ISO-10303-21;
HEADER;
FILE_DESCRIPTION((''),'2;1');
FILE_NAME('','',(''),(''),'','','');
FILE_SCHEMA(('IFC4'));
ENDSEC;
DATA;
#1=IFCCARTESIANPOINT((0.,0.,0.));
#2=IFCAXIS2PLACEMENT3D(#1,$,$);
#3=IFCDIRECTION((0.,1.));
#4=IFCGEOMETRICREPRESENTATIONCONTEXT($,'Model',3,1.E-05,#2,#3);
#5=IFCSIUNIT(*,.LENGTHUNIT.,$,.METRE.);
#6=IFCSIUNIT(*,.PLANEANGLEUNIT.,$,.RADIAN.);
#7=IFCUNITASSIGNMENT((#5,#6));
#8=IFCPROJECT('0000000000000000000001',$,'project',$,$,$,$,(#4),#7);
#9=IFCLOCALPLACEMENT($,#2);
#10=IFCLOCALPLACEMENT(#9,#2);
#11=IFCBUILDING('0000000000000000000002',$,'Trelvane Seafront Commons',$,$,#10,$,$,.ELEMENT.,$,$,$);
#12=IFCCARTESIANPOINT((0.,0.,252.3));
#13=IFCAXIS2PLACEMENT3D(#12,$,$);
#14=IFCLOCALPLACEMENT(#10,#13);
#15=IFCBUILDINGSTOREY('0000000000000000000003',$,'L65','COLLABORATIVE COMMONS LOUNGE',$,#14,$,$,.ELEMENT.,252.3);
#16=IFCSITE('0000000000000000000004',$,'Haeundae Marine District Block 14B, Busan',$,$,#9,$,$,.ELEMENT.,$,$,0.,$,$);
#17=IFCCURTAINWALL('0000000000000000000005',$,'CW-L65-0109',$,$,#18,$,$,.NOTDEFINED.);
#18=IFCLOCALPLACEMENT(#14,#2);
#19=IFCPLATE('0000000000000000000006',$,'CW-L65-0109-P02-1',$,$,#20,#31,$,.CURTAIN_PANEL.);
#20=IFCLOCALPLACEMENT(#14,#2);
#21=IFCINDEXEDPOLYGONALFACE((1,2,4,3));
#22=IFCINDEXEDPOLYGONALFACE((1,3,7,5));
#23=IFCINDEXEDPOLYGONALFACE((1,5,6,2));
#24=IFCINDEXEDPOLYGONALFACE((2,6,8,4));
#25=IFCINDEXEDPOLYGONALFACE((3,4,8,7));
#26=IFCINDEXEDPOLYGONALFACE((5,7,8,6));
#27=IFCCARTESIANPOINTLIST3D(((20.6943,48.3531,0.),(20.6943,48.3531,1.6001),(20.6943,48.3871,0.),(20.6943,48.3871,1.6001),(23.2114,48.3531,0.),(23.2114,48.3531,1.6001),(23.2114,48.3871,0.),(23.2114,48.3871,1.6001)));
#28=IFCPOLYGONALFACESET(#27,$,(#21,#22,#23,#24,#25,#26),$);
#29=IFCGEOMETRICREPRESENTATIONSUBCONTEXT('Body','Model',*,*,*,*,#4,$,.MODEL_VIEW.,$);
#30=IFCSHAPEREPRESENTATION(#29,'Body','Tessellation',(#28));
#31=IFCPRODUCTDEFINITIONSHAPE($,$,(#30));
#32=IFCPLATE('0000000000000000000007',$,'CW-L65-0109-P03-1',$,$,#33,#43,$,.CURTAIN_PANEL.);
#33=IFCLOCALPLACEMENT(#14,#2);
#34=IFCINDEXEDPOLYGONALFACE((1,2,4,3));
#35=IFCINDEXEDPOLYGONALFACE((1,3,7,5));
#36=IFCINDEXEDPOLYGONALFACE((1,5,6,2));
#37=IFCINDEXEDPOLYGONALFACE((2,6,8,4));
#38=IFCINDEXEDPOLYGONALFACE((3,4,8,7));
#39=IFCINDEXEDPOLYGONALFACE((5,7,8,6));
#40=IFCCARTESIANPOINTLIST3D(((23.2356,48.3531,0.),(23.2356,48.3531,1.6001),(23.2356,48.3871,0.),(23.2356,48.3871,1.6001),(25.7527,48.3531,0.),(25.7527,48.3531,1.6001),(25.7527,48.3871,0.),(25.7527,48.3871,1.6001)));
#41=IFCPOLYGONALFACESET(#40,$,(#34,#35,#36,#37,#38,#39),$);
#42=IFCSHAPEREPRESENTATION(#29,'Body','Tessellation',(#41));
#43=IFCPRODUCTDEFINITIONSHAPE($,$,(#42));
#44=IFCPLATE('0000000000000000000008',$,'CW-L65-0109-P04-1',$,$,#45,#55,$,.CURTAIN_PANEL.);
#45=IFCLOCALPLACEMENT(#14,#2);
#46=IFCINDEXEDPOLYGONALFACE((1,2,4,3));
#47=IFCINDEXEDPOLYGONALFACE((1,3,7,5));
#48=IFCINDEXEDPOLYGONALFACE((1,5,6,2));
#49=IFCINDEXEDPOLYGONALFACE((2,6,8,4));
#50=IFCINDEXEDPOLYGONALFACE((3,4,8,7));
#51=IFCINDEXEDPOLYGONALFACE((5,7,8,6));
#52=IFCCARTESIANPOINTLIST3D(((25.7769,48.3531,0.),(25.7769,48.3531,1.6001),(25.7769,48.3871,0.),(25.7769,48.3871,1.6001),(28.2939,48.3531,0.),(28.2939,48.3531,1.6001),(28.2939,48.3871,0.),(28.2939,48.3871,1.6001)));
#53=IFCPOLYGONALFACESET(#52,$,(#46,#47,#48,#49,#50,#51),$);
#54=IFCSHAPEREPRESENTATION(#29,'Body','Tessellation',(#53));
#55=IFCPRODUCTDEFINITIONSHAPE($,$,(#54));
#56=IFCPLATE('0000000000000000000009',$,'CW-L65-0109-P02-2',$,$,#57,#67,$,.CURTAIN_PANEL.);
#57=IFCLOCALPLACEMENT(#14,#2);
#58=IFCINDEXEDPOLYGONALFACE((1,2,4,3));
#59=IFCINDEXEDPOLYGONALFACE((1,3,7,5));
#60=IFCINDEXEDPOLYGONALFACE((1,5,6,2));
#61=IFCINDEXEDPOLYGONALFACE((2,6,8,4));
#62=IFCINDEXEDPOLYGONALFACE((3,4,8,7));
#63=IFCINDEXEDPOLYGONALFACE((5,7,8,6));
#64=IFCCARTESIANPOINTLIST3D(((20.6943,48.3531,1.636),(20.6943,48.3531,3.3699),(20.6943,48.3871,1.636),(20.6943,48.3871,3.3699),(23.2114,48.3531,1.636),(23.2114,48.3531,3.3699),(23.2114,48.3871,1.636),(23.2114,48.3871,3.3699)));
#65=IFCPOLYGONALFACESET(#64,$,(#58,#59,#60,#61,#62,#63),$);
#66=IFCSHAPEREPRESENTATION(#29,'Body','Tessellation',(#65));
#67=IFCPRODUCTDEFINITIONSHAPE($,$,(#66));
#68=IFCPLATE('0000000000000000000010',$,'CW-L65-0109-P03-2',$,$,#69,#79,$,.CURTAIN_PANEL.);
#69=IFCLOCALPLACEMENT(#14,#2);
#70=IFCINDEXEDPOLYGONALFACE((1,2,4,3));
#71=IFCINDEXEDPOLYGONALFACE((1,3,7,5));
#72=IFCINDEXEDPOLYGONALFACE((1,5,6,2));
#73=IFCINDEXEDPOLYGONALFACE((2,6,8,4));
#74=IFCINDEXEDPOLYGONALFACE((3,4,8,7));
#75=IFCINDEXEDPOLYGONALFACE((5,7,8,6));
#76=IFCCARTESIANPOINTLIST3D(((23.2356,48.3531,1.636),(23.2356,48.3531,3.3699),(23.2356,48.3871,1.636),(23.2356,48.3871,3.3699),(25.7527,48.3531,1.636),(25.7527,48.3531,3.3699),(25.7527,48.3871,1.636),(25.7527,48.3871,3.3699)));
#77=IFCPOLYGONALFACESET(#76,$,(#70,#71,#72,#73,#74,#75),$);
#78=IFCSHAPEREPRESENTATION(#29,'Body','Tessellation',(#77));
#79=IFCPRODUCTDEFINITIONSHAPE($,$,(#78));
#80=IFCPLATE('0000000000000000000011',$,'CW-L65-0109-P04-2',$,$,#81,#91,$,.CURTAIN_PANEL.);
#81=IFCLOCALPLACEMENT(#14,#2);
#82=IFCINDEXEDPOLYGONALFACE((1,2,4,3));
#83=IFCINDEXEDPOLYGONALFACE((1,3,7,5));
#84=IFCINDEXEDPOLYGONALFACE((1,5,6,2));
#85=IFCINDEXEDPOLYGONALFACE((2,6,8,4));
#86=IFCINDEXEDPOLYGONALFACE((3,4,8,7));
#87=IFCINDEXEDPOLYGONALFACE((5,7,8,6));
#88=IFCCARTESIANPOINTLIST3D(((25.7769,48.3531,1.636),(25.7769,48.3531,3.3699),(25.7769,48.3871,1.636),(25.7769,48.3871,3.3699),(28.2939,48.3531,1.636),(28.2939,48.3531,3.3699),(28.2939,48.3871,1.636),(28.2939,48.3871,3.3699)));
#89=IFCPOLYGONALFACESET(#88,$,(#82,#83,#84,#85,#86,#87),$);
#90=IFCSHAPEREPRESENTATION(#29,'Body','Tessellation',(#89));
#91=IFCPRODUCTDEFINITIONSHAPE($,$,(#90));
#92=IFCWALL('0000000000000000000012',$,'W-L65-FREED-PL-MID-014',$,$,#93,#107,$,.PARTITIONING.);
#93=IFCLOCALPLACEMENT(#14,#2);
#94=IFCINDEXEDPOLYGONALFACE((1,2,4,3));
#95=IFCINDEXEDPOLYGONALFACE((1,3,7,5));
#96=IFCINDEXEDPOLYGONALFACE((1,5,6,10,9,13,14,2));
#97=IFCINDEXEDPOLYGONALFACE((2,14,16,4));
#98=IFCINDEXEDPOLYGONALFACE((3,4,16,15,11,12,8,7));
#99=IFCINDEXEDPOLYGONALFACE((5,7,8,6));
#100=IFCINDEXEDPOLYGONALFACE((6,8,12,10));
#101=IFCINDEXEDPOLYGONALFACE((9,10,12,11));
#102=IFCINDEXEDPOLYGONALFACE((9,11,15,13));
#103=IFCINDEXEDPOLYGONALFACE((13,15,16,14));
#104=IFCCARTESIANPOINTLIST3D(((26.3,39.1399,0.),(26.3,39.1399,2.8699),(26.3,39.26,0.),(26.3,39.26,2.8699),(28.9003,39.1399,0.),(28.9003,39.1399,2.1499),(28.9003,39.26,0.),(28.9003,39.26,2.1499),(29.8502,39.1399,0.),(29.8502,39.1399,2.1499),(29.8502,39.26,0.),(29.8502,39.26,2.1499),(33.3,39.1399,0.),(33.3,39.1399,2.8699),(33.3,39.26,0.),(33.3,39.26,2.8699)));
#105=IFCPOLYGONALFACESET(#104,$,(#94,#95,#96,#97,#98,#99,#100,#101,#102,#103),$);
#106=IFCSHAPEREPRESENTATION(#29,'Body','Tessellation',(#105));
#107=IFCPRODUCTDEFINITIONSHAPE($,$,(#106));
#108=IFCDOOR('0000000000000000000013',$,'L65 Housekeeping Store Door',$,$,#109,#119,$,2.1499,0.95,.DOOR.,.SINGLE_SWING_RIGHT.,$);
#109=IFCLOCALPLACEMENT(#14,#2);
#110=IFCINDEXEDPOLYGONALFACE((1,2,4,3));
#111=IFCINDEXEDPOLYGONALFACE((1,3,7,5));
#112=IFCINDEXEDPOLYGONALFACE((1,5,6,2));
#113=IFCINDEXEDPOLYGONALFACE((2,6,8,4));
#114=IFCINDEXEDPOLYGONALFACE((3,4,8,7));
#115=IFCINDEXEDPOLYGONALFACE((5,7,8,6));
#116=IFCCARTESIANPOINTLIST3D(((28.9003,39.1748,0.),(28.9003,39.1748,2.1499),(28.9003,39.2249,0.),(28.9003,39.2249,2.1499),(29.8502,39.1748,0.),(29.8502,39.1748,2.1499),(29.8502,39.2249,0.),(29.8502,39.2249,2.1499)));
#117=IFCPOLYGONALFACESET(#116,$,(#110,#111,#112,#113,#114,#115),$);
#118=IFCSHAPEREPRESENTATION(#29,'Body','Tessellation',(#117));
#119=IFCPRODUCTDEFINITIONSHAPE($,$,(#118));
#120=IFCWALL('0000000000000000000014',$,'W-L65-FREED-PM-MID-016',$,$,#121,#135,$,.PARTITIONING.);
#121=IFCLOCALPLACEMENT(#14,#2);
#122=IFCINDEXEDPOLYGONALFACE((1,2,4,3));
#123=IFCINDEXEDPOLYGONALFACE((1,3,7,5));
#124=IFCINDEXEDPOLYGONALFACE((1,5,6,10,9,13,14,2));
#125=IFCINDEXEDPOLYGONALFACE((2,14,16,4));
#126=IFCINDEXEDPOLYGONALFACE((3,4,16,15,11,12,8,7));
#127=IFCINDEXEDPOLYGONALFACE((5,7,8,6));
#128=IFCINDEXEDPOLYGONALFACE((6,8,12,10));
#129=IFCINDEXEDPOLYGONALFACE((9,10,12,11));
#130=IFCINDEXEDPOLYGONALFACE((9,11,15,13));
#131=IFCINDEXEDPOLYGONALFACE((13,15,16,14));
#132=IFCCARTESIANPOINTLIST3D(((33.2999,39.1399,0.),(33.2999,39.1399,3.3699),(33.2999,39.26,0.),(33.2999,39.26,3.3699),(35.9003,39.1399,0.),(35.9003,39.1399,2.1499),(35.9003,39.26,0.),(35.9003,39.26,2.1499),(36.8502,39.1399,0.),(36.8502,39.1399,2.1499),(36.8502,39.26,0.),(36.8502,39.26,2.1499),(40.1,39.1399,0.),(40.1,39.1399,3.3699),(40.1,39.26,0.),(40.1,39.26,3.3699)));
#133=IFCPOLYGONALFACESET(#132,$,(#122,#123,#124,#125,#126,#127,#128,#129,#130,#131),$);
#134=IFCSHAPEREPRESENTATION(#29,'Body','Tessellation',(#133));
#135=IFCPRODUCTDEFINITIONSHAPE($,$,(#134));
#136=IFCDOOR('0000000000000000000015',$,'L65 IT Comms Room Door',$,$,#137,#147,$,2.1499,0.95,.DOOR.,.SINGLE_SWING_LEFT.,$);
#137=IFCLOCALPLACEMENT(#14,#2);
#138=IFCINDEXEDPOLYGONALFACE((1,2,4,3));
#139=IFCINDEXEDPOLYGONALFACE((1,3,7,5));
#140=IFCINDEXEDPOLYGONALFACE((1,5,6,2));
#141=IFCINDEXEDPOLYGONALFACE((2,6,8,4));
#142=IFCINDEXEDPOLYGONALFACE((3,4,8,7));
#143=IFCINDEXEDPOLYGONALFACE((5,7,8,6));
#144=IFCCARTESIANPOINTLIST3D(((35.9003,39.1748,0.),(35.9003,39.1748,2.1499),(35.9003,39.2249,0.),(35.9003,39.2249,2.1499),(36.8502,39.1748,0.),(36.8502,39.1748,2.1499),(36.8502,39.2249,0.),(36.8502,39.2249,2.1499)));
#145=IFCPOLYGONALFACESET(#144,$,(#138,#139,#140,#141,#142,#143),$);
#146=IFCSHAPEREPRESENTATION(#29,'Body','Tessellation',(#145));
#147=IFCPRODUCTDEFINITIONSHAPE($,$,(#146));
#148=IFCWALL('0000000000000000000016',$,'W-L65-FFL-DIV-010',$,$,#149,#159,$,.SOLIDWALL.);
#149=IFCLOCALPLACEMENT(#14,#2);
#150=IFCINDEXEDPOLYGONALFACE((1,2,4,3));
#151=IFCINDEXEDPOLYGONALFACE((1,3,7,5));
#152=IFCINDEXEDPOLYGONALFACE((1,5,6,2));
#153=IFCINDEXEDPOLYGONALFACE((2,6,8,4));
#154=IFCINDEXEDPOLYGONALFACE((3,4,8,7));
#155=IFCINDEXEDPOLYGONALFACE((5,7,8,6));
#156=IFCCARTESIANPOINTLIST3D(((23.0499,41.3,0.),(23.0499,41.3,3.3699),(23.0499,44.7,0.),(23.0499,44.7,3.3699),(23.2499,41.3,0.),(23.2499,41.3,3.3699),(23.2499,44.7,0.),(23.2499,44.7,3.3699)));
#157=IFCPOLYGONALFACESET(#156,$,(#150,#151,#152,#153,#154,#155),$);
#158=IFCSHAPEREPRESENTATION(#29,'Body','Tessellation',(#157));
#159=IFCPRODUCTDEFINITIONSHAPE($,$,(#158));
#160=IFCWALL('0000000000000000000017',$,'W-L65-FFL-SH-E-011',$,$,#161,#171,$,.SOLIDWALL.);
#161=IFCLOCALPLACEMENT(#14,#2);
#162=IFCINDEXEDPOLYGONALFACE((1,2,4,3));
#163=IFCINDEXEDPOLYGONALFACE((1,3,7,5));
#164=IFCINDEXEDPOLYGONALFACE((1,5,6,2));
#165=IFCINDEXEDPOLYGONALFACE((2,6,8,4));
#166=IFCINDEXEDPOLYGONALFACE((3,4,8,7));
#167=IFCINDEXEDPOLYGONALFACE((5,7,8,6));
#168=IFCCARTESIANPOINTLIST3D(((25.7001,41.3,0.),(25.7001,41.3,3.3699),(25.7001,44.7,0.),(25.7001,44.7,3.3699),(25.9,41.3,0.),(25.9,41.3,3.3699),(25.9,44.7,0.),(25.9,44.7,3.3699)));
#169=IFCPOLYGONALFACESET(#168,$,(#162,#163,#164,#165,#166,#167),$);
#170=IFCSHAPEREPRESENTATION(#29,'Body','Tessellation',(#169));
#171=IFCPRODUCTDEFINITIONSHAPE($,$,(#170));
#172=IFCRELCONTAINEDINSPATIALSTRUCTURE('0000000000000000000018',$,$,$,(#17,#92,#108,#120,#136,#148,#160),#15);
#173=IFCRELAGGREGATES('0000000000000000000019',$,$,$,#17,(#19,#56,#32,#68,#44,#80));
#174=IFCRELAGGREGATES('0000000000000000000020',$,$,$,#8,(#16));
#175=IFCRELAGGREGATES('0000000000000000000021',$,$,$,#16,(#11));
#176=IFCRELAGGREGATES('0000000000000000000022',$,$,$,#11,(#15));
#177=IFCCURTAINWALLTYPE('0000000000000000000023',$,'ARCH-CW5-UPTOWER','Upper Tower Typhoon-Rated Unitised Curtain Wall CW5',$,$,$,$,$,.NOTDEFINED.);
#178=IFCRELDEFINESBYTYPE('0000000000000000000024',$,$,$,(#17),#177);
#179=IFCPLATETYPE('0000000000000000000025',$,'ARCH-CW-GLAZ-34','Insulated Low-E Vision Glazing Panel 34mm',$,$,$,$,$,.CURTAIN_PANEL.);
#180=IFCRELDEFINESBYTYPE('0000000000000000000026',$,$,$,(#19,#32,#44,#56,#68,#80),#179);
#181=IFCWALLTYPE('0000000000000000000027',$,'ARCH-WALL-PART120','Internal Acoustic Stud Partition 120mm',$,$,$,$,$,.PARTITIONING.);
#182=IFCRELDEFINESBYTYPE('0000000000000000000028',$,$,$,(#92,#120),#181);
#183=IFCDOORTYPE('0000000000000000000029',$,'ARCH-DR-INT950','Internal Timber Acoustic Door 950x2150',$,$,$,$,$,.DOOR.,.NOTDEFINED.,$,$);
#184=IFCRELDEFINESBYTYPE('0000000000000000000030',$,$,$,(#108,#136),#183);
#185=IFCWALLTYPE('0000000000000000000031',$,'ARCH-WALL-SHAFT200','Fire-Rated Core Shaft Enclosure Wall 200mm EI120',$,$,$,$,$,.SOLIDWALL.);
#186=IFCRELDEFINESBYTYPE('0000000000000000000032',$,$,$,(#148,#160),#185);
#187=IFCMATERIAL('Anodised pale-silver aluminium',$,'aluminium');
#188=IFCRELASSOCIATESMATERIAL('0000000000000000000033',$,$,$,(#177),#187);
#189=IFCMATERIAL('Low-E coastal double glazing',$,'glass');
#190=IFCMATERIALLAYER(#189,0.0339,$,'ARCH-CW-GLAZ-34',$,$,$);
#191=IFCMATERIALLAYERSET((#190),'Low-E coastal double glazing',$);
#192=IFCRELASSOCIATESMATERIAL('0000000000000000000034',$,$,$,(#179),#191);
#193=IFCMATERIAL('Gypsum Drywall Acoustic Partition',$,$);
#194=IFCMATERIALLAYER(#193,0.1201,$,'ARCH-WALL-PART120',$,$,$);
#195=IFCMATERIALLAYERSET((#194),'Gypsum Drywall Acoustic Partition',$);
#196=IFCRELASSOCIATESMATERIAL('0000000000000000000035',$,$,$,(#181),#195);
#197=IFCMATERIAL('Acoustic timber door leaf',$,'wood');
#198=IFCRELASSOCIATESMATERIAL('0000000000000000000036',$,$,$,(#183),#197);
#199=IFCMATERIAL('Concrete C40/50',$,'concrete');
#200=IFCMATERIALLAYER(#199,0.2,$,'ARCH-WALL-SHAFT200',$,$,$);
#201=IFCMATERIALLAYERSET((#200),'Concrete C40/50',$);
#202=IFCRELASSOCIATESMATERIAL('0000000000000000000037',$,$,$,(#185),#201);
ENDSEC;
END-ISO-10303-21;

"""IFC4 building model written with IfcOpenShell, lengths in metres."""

from ifc_helpers import new_model, si_unit, direction, frame, frame_2d, origin, origin_2d, place, context, subcontext, project, spatial, rectangle, extrude, source, transform, mapped, material, layer, layer_set, type_object, element, fill, aggregate, save


model = new_model("IFC4")

# Units and contexts
model_context = context("Model", 3, precision=1e-05, world=origin(), true_north=direction((0.0, 1.0)))
body_context = subcontext(model_context, "Body", "Model", "MODEL_VIEW")
ifc_project = project(units=[si_unit("LENGTHUNIT", "METRE"), si_unit("PLANEANGLEUNIT", "RADIAN")], contexts=[model_context])

# Site, building, storey
site_placement = place(None, origin())
site = spatial("IfcSite", under=ifc_project, at=site_placement, Name="Haeundae Marine District Block 14B, Busan", CompositionType="ELEMENT", RefElevation=0.0)
building_placement = place(site_placement, origin())
building = spatial("IfcBuilding", under=site, at=building_placement, Name="Trelvane Seafront Commons", CompositionType="ELEMENT")
storey_placement = place(building_placement, frame((0.0, 0.0, 252.3)))
storey = spatial("IfcBuildingStorey", under=building, at=storey_placement, Name="L65", Description="COLLABORATIVE COMMONS LOUNGE", CompositionType="ELEMENT", Elevation=252.3)

# Curtain wall, plates
ifc_material_1 = material(Name="Anodised pale-silver aluminium", Category="aluminium")
curtain_wall_type = type_object("IfcCurtainWallType", Name="ARCH-CW5-UPTOWER", Description="Upper Tower Typhoon-Rated Unitised Curtain Wall CW5", PredefinedType="NOTDEFINED", material=ifc_material_1)
curtain_wall_placement = place(storey_placement, origin())
curtain_wall = element("IfcCurtainWall", 1, at=curtain_wall_placement, inside=storey, type_object=curtain_wall_type, Name="CW-L65-0109", PredefinedType="NOTDEFINED")
ifc_material_2 = material(Name="Low-E coastal double glazing", Category="glass")
ifc_layer_1 = layer(ifc_material_2, 0.0339, Name="ARCH-CW-GLAZ-34")
ifc_layer_set_1 = layer_set([ifc_layer_1], Name="Low-E coastal double glazing")
plate_type = type_object("IfcPlateType", Name="ARCH-CW-GLAZ-34", Description="Insulated Low-E Vision Glazing Panel 34mm", PredefinedType="CURTAIN_PANEL", material=ifc_layer_set_1)
shared_shape_1 = source(origin(), body_context, "Body", "SweptSolid", [
    extrude(rectangle(XDim=2.5171, YDim=0.0339, at=origin_2d()), origin(), (0.0, 0.0, 1.0), 1.6001),
])
plate_1_placement = place(storey_placement, frame((21.9529, 48.3701, 0.0), z_axis=(0.0, 0.0, 1.0), x_axis=(1.0, 0.0, 0.0)))
plate_1 = element("IfcPlate", 2, at=plate_1_placement, type_object=plate_type, Name="CW-L65-0109-P02-1", PredefinedType="CURTAIN_PANEL", context=body_context, shape_type="MappedRepresentation", body=[
    mapped(shared_shape_1, transform((0.0, 0.0, 0.0), x_axis=(1.0, 0.0, 0.0), y_axis=(0.0, 1.0, 0.0), z_axis=(0.0, 0.0, 1.0), scale=1.0)),
])
plate_2_placement = place(storey_placement, frame((24.4941, 48.3701, 0.0), z_axis=(0.0, 0.0, 1.0), x_axis=(1.0, 0.0, 0.0)))
plate_2 = element("IfcPlate", 3, at=plate_2_placement, type_object=plate_type, Name="CW-L65-0109-P03-1", PredefinedType="CURTAIN_PANEL", context=body_context, shape_type="MappedRepresentation", body=[
    mapped(shared_shape_1, transform((0.0, 0.0, 0.0), x_axis=(1.0, 0.0, 0.0), y_axis=(0.0, 1.0, 0.0), z_axis=(0.0, 0.0, 1.0), scale=1.0)),
])
plate_3_placement = place(storey_placement, frame((27.0354, 48.3701, 0.0), z_axis=(0.0, 0.0, 1.0), x_axis=(1.0, 0.0, 0.0)))
plate_3 = element("IfcPlate", 4, at=plate_3_placement, type_object=plate_type, Name="CW-L65-0109-P04-1", PredefinedType="CURTAIN_PANEL", context=body_context, shape_type="MappedRepresentation", body=[
    mapped(shared_shape_1, transform((0.0, 0.0, 0.0), x_axis=(1.0, 0.0, 0.0), y_axis=(0.0, 1.0, 0.0), z_axis=(0.0, 0.0, 1.0), scale=1.0)),
])
shared_shape_2 = source(origin(), body_context, "Body", "SweptSolid", [
    extrude(rectangle(XDim=2.5171, YDim=0.0339, at=origin_2d()), origin(), (0.0, 0.0, 1.0), 1.7339),
])
plate_4_placement = place(storey_placement, frame((21.9529, 48.3701, 1.636), z_axis=(0.0, 0.0, 1.0), x_axis=(1.0, 0.0, 0.0)))
plate_4 = element("IfcPlate", 5, at=plate_4_placement, type_object=plate_type, Name="CW-L65-0109-P02-2", PredefinedType="CURTAIN_PANEL", context=body_context, shape_type="MappedRepresentation", body=[
    mapped(shared_shape_2, transform((0.0, 0.0, 0.0), x_axis=(1.0, 0.0, 0.0), y_axis=(0.0, 1.0, 0.0), z_axis=(0.0, 0.0, 1.0), scale=1.0)),
])
plate_5_placement = place(storey_placement, frame((24.4941, 48.3701, 1.636), z_axis=(0.0, 0.0, 1.0), x_axis=(1.0, 0.0, 0.0)))
plate_5 = element("IfcPlate", 6, at=plate_5_placement, type_object=plate_type, Name="CW-L65-0109-P03-2", PredefinedType="CURTAIN_PANEL", context=body_context, shape_type="MappedRepresentation", body=[
    mapped(shared_shape_2, transform((0.0, 0.0, 0.0), x_axis=(1.0, 0.0, 0.0), y_axis=(0.0, 1.0, 0.0), z_axis=(0.0, 0.0, 1.0), scale=1.0)),
])
plate_6_placement = place(storey_placement, frame((27.0354, 48.3701, 1.636), z_axis=(0.0, 0.0, 1.0), x_axis=(1.0, 0.0, 0.0)))
plate_6 = element("IfcPlate", 7, at=plate_6_placement, type_object=plate_type, Name="CW-L65-0109-P04-2", PredefinedType="CURTAIN_PANEL", context=body_context, shape_type="MappedRepresentation", body=[
    mapped(shared_shape_2, transform((0.0, 0.0, 0.0), x_axis=(1.0, 0.0, 0.0), y_axis=(0.0, 1.0, 0.0), z_axis=(0.0, 0.0, 1.0), scale=1.0)),
])
aggregate(curtain_wall, [plate_1, plate_4, plate_2, plate_5, plate_3, plate_6])

# Walls, openings, doors
ifc_material_3 = material(Name="Gypsum Drywall Acoustic Partition")
ifc_layer_2 = layer(ifc_material_3, 0.1201, Name="ARCH-WALL-PART120")
ifc_layer_set_2 = layer_set([ifc_layer_2], Name="Gypsum Drywall Acoustic Partition")
wall_type_1 = type_object("IfcWallType", Name="ARCH-WALL-PART120", Description="Internal Acoustic Stud Partition 120mm", PredefinedType="PARTITIONING", material=ifc_layer_set_2)
wall_1_placement = place(storey_placement, frame((26.3, 39.2, 0.0), z_axis=(0.0, 0.0, 1.0), x_axis=(1.0, 0.0, 0.0)))
wall_1 = element("IfcWall", 8, at=wall_1_placement, inside=storey, type_object=wall_type_1, Name="W-L65-FREED-PL-MID-014", PredefinedType="PARTITIONING", context=body_context, shape_type="SweptSolid", body=[
    extrude(rectangle(XDim=7.0, YDim=0.1201, at=frame_2d((3.5, 0.0))), origin(), (0.0, 0.0, 1.0), 2.8699),
])
opening_1_placement = place(wall_1_placement, frame((2.6001, 0.0, 0.0)))
opening_1 = element("IfcOpeningElement", 9, at=opening_1_placement, cuts=wall_1, PredefinedType="OPENING", context=body_context, shape_type="SweptSolid", body=[
    extrude(rectangle(XDim=0.95, YDim=2.1499, at=frame_2d((0.4751, 1.075))), frame((0.0, 0.0701, 0.0), z_axis=(0.0, -1.0, 0.0), x_axis=(1.0, 0.0, 0.0)), (0.0, 0.0, 1.0), 0.1401),
])
ifc_material_4 = material(Name="Acoustic timber door leaf", Category="wood")
door_type = type_object("IfcDoorType", Name="ARCH-DR-INT950", Description="Internal Timber Acoustic Door 950x2150", OperationType="NOTDEFINED", PredefinedType="DOOR", material=ifc_material_4)
shared_shape_3 = source(origin(), body_context, "Body", "SweptSolid", [
    extrude(rectangle(XDim=0.95, YDim=2.1499, at=frame_2d((0.4751, 1.075))), frame((0.0, 0.0249, 0.0), z_axis=(0.0, -1.0, 0.0), x_axis=(1.0, 0.0, 0.0)), (0.0, 0.0, 1.0), 0.05),
])
door_1_placement = place(opening_1_placement, origin())
door_1 = element("IfcDoor", 10, at=door_1_placement, inside=storey, type_object=door_type, Name="L65 Housekeeping Store Door", OperationType="SINGLE_SWING_RIGHT", OverallHeight=2.1499, OverallWidth=0.95, PredefinedType="DOOR", context=body_context, shape_type="MappedRepresentation", body=[
    mapped(shared_shape_3, transform((0.0, 0.0, 0.0), x_axis=(1.0, 0.0, 0.0), y_axis=(0.0, 1.0, 0.0), z_axis=(0.0, 0.0, 1.0), scale=1.0)),
])
fill(opening_1, door_1)
wall_2_placement = place(storey_placement, frame((33.3, 39.2, 0.0), z_axis=(0.0, 0.0, 1.0), x_axis=(1.0, 0.0, 0.0)))
wall_2 = element("IfcWall", 11, at=wall_2_placement, inside=storey, type_object=wall_type_1, Name="W-L65-FREED-PM-MID-016", PredefinedType="PARTITIONING", context=body_context, shape_type="SweptSolid", body=[
    extrude(rectangle(XDim=6.8, YDim=0.1201, at=frame_2d((3.3999, 0.0))), origin(), (0.0, 0.0, 1.0), 3.3699),
])
opening_2_placement = place(wall_2_placement, frame((2.6001, 0.0, 0.0)))
opening_2 = element("IfcOpeningElement", 12, at=opening_2_placement, cuts=wall_2, PredefinedType="OPENING", context=body_context, shape_type="SweptSolid", body=[
    extrude(rectangle(XDim=0.95, YDim=2.1499, at=frame_2d((0.4751, 1.075))), frame((0.0, 0.0701, 0.0), z_axis=(0.0, -1.0, 0.0), x_axis=(1.0, 0.0, 0.0)), (0.0, 0.0, 1.0), 0.1401),
])
door_2_placement = place(opening_2_placement, origin())
door_2 = element("IfcDoor", 13, at=door_2_placement, inside=storey, type_object=door_type, Name="L65 IT Comms Room Door", OperationType="SINGLE_SWING_LEFT", OverallHeight=2.1499, OverallWidth=0.95, PredefinedType="DOOR", context=body_context, shape_type="MappedRepresentation", body=[
    mapped(shared_shape_3, transform((0.0, 0.0, 0.0), x_axis=(1.0, 0.0, 0.0), y_axis=(0.0, 1.0, 0.0), z_axis=(0.0, 0.0, 1.0), scale=1.0)),
])
fill(opening_2, door_2)

# Walls
ifc_material_5 = material(Name="Concrete C40/50", Category="concrete")
ifc_layer_3 = layer(ifc_material_5, 0.2, Name="ARCH-WALL-SHAFT200")
ifc_layer_set_3 = layer_set([ifc_layer_3], Name="Concrete C40/50")
wall_type_2 = type_object("IfcWallType", Name="ARCH-WALL-SHAFT200", Description="Fire-Rated Core Shaft Enclosure Wall 200mm EI120", PredefinedType="SOLIDWALL", material=ifc_layer_set_3)
for number, where, z_axis, x_axis, name in (
    (14, (23.1499, 41.3, 0.0), (0.0, 0.0, 1.0), (0.0, 1.0, 0.0), "W-L65-FFL-DIV-010"),
    (15, (25.8, 41.3, 0.0), (0.0, 0.0, 1.0), (0.0, 1.0, 0.0), "W-L65-FFL-SH-E-011"),
):
    element("IfcWall", number, at=place(storey_placement, frame(where, z_axis=z_axis, x_axis=x_axis)), inside=storey, type_object=wall_type_2, Name=name, PredefinedType="SOLIDWALL", context=body_context, shape_type="SweptSolid", body=[
        extrude(rectangle(XDim=3.3999, YDim=0.2, at=frame_2d((1.7, 0.0))), origin(), (0.0, 0.0, 1.0), 3.3699),
    ])

save(model, "model.ifc")
